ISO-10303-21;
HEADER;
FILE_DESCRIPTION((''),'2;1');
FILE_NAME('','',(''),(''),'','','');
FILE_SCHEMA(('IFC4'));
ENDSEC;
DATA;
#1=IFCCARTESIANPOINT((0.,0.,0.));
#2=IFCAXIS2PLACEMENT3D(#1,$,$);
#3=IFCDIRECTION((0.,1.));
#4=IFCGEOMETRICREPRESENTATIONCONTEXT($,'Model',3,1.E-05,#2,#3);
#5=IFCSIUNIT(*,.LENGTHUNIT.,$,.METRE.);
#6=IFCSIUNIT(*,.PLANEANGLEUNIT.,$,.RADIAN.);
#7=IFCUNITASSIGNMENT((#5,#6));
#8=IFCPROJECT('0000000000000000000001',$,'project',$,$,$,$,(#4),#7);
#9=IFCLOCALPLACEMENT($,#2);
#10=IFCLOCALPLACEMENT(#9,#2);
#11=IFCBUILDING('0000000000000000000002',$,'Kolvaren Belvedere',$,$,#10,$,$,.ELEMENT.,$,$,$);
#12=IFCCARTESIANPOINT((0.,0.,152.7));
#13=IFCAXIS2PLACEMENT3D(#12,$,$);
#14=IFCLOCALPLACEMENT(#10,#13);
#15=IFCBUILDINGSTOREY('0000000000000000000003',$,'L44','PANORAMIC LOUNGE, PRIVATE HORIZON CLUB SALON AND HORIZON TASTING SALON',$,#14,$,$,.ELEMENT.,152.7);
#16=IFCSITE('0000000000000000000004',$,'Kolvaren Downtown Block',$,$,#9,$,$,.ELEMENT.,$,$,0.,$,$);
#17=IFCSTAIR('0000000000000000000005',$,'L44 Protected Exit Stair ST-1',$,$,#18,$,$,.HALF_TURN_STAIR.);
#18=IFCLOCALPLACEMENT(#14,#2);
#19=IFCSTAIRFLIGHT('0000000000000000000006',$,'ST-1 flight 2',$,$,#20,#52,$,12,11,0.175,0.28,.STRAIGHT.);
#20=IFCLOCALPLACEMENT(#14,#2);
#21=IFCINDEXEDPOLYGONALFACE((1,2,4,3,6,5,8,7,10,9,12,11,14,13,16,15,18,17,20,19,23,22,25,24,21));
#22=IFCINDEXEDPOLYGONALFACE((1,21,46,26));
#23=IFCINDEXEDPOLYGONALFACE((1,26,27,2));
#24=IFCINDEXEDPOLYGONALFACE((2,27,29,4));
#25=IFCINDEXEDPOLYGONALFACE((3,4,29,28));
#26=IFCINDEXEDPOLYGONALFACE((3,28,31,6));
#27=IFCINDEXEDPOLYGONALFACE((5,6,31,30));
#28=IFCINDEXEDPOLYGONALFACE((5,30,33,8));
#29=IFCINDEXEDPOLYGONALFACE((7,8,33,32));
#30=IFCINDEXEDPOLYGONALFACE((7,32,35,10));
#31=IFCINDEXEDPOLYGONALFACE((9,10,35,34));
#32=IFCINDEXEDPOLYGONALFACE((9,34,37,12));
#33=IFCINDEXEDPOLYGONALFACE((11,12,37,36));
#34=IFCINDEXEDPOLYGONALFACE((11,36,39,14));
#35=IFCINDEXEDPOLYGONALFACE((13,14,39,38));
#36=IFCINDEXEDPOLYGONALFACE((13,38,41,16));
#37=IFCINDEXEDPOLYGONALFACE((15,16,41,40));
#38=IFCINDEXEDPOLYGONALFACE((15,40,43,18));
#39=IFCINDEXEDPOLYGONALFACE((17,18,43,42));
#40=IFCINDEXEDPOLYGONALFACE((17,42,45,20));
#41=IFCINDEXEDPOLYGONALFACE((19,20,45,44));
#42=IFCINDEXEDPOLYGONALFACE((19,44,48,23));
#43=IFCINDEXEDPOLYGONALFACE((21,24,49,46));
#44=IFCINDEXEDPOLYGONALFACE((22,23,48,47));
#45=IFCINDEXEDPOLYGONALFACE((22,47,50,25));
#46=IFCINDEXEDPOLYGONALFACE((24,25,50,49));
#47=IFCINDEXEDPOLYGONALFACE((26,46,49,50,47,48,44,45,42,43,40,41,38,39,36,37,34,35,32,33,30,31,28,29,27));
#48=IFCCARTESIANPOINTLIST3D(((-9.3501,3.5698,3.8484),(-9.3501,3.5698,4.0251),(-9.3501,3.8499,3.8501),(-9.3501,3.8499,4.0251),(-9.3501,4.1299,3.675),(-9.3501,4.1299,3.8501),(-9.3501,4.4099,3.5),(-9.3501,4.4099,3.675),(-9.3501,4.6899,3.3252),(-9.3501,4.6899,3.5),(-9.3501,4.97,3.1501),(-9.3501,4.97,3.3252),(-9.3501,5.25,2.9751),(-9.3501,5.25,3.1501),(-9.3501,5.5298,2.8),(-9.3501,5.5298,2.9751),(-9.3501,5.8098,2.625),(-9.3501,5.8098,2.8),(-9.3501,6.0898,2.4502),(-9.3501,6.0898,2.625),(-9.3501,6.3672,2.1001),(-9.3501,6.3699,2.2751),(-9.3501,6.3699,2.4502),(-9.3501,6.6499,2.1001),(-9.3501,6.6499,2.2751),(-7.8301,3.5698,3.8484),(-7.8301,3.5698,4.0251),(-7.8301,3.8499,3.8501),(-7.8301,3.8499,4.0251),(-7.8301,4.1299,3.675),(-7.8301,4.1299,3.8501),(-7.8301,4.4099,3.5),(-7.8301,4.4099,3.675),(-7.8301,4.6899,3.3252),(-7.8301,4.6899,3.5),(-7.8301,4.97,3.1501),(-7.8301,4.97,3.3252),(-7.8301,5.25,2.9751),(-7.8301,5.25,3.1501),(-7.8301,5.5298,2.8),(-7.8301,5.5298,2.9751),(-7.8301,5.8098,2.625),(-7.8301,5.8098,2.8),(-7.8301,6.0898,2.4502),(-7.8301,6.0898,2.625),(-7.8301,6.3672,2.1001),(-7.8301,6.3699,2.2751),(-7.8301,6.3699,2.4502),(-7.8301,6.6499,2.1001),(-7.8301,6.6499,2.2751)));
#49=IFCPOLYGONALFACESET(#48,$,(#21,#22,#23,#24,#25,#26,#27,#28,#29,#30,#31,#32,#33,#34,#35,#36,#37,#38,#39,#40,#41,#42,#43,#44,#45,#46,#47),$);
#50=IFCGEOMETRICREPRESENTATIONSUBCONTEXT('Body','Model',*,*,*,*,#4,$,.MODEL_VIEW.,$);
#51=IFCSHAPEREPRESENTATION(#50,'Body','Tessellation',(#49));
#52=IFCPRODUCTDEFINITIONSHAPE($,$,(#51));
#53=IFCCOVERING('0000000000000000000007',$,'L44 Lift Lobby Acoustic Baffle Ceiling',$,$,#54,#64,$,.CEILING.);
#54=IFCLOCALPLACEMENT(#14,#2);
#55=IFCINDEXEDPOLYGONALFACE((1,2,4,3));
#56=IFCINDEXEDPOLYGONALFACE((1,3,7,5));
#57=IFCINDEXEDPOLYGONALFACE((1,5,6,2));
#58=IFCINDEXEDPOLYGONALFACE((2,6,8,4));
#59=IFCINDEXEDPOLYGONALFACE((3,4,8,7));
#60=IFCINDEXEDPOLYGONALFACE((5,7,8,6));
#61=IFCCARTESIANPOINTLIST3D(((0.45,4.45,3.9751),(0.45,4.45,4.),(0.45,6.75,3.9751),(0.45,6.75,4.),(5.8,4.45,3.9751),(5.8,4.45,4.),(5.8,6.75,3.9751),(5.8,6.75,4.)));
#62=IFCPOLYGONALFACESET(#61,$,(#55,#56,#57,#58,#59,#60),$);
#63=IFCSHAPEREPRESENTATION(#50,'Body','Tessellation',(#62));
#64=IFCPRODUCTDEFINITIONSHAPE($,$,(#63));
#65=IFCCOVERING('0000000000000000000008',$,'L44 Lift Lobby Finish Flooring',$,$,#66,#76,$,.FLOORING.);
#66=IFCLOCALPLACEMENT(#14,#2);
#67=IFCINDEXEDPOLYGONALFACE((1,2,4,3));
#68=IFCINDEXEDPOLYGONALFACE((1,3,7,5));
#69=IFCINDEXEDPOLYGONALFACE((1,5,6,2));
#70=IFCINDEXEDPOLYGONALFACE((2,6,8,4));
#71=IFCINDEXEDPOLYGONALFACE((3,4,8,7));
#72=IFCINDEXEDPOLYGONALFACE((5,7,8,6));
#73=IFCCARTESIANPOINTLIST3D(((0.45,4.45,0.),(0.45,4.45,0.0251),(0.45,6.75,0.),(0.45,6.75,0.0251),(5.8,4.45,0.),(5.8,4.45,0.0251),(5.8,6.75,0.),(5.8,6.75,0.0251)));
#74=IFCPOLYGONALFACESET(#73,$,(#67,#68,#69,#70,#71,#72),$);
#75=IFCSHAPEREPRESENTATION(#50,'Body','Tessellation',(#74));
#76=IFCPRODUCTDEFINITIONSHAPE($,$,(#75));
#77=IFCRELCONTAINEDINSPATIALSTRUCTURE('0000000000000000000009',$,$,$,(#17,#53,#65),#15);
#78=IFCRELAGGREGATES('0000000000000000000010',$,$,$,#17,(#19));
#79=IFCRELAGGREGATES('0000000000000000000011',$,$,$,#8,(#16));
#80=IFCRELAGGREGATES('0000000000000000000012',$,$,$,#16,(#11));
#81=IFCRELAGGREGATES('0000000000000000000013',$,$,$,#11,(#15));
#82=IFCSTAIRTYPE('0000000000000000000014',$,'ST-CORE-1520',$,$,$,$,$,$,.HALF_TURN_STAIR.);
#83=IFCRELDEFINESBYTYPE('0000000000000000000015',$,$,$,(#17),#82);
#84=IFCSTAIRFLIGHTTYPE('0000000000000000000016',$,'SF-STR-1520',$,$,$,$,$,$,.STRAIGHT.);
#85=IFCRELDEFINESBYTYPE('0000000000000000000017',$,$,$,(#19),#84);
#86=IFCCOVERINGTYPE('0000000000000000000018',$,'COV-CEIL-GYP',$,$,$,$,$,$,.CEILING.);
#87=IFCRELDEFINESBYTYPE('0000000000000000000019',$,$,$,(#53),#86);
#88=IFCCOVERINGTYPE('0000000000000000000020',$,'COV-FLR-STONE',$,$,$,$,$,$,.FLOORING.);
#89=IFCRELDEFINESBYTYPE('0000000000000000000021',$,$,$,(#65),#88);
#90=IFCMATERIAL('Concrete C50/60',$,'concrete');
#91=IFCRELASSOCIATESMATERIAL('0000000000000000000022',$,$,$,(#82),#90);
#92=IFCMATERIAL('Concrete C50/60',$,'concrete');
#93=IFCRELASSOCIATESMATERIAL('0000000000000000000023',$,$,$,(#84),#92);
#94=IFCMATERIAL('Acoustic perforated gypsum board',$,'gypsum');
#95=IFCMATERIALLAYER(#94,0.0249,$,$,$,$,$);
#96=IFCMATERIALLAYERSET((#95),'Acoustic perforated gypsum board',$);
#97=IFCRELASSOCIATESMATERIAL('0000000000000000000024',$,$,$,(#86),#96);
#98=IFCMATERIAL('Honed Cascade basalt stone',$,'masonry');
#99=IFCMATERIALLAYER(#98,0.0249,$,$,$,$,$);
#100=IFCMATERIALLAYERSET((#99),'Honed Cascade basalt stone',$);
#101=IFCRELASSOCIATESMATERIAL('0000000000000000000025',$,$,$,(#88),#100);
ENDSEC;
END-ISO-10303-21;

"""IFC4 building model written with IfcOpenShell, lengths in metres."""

from ifc_helpers import new_model, si_unit, direction, frame, origin, place, context, subcontext, project, spatial, polyline, outline, extrude, material, layer, layer_set, type_object, element, aggregate, save


model = new_model("IFC4")

# Units and contexts
model_context = context("Model", 3, precision=1e-05, world=origin(), true_north=direction((0.0, 1.0)))
body_context = subcontext(model_context, "Body", "Model", "MODEL_VIEW")
ifc_project = project(units=[si_unit("LENGTHUNIT", "METRE"), si_unit("PLANEANGLEUNIT", "RADIAN")], contexts=[model_context])

# Site, building, storey
site_placement = place(None, origin())
site = spatial("IfcSite", under=ifc_project, at=site_placement, Name="Kolvaren Downtown Block", CompositionType="ELEMENT", RefElevation=0.0)
building_placement = place(site_placement, origin())
building = spatial("IfcBuilding", under=site, at=building_placement, Name="Kolvaren Belvedere", CompositionType="ELEMENT")
storey_placement = place(building_placement, frame((0.0, 0.0, 152.7)))
storey = spatial("IfcBuildingStorey", under=building, at=storey_placement, Name="L44", Description="PANORAMIC LOUNGE, PRIVATE HORIZON CLUB SALON AND HORIZON TASTING SALON", CompositionType="ELEMENT", Elevation=152.7)

# Stair
ifc_material_1 = material(Name="Concrete C50/60", Category="concrete")
stair_type = type_object("IfcStairType", Name="ST-CORE-1520", PredefinedType="HALF_TURN_STAIR", material=ifc_material_1)
stair_1_placement = place(storey_placement, origin())
stair_1 = element("IfcStair", 1, at=stair_1_placement, inside=storey, type_object=stair_type, Name="L44 Protected Exit Stair ST-1", PredefinedType="HALF_TURN_STAIR")

# Stair flight
ifc_material_2 = material(Name="Concrete C50/60", Category="concrete")
stair_flight_type = type_object("IfcStairFlightType", Name="SF-STR-1520", PredefinedType="STRAIGHT", material=ifc_material_2)
stair_flight_1_placement = place(storey_placement, frame((-8.5901, 6.6499, 2.1001), z_axis=(0.0, 0.0, 1.0), x_axis=(0.0, -1.0, 0.0)))
stair_flight_1 = element("IfcStairFlight", 2, at=stair_flight_1_placement, type_object=stair_flight_type, Name="ST-1 flight 2", NumberOfRisers=12, NumberOfTreads=11, PredefinedType="STRAIGHT", RiserHeight=0.175, TreadLength=0.28, context=body_context, shape_type="SweptSolid", body=[
    extrude(outline(polyline([(0.0, 0.0), (0.0, 0.175), (0.28, 0.175), (0.28, 0.3501), (0.5601, 0.3501), (0.5601, 0.5249), (0.8401, 0.5249), (0.8401, 0.7), (1.1201, 0.7), (1.1201, 0.875), (1.3999, 0.875), (1.3999, 1.05), (1.6799, 1.05), (1.6799, 1.2251), (1.96, 1.2251), (1.96, 1.3999), (2.24, 1.3999), (2.24, 1.575), (2.52, 1.575), (2.52, 1.75), (2.8, 1.75), (2.8, 1.925), (3.0801, 1.925), (3.0801, 2.1001), (3.0801, 1.7483), (0.2827, 0.0), (0.0, 0.0)])), frame((0.0, 0.76, 0.0), z_axis=(0.0, -1.0, 0.0), x_axis=(1.0, 0.0, 0.0)), (0.0, 0.0, 1.0), 1.52),
])
aggregate(stair_1, [stair_flight_1])

# Coverings
ifc_material_3 = material(Name="Acoustic perforated gypsum board", Category="gypsum")
ifc_layer_1 = layer(ifc_material_3, 0.0249)
ifc_layer_set_1 = layer_set([ifc_layer_1], Name="Acoustic perforated gypsum board")
covering_type_1 = type_object("IfcCoveringType", Name="COV-CEIL-GYP", PredefinedType="CEILING", material=ifc_layer_set_1)
covering_1_placement = place(storey_placement, frame((0.0, 0.0, 3.9751)))
element("IfcCovering", 3, at=covering_1_placement, inside=storey, type_object=covering_type_1, Name="L44 Lift Lobby Acoustic Baffle Ceiling", PredefinedType="CEILING", context=body_context, shape_type="SweptSolid", body=[
    extrude(outline(polyline([(0.45, 4.45), (5.8, 4.45), (5.8, 6.75), (0.45, 6.75), (0.45, 4.45)])), origin(), (0.0, 0.0, 1.0), 0.0249),
])
ifc_material_4 = material(Name="Honed Cascade basalt stone", Category="masonry")
ifc_layer_2 = layer(ifc_material_4, 0.0249)
ifc_layer_set_2 = layer_set([ifc_layer_2], Name="Honed Cascade basalt stone")
covering_type_2 = type_object("IfcCoveringType", Name="COV-FLR-STONE", PredefinedType="FLOORING", material=ifc_layer_set_2)
covering_2_placement = place(storey_placement, origin())
element("IfcCovering", 4, at=covering_2_placement, inside=storey, type_object=covering_type_2, Name="L44 Lift Lobby Finish Flooring", PredefinedType="FLOORING", context=body_context, shape_type="SweptSolid", body=[
    extrude(outline(polyline([(0.45, 4.45), (5.8, 4.45), (5.8, 6.75), (0.45, 6.75), (0.45, 4.45)])), origin(), (0.0, 0.0, 1.0), 0.0251),
])

save(model, "model.ifc")
